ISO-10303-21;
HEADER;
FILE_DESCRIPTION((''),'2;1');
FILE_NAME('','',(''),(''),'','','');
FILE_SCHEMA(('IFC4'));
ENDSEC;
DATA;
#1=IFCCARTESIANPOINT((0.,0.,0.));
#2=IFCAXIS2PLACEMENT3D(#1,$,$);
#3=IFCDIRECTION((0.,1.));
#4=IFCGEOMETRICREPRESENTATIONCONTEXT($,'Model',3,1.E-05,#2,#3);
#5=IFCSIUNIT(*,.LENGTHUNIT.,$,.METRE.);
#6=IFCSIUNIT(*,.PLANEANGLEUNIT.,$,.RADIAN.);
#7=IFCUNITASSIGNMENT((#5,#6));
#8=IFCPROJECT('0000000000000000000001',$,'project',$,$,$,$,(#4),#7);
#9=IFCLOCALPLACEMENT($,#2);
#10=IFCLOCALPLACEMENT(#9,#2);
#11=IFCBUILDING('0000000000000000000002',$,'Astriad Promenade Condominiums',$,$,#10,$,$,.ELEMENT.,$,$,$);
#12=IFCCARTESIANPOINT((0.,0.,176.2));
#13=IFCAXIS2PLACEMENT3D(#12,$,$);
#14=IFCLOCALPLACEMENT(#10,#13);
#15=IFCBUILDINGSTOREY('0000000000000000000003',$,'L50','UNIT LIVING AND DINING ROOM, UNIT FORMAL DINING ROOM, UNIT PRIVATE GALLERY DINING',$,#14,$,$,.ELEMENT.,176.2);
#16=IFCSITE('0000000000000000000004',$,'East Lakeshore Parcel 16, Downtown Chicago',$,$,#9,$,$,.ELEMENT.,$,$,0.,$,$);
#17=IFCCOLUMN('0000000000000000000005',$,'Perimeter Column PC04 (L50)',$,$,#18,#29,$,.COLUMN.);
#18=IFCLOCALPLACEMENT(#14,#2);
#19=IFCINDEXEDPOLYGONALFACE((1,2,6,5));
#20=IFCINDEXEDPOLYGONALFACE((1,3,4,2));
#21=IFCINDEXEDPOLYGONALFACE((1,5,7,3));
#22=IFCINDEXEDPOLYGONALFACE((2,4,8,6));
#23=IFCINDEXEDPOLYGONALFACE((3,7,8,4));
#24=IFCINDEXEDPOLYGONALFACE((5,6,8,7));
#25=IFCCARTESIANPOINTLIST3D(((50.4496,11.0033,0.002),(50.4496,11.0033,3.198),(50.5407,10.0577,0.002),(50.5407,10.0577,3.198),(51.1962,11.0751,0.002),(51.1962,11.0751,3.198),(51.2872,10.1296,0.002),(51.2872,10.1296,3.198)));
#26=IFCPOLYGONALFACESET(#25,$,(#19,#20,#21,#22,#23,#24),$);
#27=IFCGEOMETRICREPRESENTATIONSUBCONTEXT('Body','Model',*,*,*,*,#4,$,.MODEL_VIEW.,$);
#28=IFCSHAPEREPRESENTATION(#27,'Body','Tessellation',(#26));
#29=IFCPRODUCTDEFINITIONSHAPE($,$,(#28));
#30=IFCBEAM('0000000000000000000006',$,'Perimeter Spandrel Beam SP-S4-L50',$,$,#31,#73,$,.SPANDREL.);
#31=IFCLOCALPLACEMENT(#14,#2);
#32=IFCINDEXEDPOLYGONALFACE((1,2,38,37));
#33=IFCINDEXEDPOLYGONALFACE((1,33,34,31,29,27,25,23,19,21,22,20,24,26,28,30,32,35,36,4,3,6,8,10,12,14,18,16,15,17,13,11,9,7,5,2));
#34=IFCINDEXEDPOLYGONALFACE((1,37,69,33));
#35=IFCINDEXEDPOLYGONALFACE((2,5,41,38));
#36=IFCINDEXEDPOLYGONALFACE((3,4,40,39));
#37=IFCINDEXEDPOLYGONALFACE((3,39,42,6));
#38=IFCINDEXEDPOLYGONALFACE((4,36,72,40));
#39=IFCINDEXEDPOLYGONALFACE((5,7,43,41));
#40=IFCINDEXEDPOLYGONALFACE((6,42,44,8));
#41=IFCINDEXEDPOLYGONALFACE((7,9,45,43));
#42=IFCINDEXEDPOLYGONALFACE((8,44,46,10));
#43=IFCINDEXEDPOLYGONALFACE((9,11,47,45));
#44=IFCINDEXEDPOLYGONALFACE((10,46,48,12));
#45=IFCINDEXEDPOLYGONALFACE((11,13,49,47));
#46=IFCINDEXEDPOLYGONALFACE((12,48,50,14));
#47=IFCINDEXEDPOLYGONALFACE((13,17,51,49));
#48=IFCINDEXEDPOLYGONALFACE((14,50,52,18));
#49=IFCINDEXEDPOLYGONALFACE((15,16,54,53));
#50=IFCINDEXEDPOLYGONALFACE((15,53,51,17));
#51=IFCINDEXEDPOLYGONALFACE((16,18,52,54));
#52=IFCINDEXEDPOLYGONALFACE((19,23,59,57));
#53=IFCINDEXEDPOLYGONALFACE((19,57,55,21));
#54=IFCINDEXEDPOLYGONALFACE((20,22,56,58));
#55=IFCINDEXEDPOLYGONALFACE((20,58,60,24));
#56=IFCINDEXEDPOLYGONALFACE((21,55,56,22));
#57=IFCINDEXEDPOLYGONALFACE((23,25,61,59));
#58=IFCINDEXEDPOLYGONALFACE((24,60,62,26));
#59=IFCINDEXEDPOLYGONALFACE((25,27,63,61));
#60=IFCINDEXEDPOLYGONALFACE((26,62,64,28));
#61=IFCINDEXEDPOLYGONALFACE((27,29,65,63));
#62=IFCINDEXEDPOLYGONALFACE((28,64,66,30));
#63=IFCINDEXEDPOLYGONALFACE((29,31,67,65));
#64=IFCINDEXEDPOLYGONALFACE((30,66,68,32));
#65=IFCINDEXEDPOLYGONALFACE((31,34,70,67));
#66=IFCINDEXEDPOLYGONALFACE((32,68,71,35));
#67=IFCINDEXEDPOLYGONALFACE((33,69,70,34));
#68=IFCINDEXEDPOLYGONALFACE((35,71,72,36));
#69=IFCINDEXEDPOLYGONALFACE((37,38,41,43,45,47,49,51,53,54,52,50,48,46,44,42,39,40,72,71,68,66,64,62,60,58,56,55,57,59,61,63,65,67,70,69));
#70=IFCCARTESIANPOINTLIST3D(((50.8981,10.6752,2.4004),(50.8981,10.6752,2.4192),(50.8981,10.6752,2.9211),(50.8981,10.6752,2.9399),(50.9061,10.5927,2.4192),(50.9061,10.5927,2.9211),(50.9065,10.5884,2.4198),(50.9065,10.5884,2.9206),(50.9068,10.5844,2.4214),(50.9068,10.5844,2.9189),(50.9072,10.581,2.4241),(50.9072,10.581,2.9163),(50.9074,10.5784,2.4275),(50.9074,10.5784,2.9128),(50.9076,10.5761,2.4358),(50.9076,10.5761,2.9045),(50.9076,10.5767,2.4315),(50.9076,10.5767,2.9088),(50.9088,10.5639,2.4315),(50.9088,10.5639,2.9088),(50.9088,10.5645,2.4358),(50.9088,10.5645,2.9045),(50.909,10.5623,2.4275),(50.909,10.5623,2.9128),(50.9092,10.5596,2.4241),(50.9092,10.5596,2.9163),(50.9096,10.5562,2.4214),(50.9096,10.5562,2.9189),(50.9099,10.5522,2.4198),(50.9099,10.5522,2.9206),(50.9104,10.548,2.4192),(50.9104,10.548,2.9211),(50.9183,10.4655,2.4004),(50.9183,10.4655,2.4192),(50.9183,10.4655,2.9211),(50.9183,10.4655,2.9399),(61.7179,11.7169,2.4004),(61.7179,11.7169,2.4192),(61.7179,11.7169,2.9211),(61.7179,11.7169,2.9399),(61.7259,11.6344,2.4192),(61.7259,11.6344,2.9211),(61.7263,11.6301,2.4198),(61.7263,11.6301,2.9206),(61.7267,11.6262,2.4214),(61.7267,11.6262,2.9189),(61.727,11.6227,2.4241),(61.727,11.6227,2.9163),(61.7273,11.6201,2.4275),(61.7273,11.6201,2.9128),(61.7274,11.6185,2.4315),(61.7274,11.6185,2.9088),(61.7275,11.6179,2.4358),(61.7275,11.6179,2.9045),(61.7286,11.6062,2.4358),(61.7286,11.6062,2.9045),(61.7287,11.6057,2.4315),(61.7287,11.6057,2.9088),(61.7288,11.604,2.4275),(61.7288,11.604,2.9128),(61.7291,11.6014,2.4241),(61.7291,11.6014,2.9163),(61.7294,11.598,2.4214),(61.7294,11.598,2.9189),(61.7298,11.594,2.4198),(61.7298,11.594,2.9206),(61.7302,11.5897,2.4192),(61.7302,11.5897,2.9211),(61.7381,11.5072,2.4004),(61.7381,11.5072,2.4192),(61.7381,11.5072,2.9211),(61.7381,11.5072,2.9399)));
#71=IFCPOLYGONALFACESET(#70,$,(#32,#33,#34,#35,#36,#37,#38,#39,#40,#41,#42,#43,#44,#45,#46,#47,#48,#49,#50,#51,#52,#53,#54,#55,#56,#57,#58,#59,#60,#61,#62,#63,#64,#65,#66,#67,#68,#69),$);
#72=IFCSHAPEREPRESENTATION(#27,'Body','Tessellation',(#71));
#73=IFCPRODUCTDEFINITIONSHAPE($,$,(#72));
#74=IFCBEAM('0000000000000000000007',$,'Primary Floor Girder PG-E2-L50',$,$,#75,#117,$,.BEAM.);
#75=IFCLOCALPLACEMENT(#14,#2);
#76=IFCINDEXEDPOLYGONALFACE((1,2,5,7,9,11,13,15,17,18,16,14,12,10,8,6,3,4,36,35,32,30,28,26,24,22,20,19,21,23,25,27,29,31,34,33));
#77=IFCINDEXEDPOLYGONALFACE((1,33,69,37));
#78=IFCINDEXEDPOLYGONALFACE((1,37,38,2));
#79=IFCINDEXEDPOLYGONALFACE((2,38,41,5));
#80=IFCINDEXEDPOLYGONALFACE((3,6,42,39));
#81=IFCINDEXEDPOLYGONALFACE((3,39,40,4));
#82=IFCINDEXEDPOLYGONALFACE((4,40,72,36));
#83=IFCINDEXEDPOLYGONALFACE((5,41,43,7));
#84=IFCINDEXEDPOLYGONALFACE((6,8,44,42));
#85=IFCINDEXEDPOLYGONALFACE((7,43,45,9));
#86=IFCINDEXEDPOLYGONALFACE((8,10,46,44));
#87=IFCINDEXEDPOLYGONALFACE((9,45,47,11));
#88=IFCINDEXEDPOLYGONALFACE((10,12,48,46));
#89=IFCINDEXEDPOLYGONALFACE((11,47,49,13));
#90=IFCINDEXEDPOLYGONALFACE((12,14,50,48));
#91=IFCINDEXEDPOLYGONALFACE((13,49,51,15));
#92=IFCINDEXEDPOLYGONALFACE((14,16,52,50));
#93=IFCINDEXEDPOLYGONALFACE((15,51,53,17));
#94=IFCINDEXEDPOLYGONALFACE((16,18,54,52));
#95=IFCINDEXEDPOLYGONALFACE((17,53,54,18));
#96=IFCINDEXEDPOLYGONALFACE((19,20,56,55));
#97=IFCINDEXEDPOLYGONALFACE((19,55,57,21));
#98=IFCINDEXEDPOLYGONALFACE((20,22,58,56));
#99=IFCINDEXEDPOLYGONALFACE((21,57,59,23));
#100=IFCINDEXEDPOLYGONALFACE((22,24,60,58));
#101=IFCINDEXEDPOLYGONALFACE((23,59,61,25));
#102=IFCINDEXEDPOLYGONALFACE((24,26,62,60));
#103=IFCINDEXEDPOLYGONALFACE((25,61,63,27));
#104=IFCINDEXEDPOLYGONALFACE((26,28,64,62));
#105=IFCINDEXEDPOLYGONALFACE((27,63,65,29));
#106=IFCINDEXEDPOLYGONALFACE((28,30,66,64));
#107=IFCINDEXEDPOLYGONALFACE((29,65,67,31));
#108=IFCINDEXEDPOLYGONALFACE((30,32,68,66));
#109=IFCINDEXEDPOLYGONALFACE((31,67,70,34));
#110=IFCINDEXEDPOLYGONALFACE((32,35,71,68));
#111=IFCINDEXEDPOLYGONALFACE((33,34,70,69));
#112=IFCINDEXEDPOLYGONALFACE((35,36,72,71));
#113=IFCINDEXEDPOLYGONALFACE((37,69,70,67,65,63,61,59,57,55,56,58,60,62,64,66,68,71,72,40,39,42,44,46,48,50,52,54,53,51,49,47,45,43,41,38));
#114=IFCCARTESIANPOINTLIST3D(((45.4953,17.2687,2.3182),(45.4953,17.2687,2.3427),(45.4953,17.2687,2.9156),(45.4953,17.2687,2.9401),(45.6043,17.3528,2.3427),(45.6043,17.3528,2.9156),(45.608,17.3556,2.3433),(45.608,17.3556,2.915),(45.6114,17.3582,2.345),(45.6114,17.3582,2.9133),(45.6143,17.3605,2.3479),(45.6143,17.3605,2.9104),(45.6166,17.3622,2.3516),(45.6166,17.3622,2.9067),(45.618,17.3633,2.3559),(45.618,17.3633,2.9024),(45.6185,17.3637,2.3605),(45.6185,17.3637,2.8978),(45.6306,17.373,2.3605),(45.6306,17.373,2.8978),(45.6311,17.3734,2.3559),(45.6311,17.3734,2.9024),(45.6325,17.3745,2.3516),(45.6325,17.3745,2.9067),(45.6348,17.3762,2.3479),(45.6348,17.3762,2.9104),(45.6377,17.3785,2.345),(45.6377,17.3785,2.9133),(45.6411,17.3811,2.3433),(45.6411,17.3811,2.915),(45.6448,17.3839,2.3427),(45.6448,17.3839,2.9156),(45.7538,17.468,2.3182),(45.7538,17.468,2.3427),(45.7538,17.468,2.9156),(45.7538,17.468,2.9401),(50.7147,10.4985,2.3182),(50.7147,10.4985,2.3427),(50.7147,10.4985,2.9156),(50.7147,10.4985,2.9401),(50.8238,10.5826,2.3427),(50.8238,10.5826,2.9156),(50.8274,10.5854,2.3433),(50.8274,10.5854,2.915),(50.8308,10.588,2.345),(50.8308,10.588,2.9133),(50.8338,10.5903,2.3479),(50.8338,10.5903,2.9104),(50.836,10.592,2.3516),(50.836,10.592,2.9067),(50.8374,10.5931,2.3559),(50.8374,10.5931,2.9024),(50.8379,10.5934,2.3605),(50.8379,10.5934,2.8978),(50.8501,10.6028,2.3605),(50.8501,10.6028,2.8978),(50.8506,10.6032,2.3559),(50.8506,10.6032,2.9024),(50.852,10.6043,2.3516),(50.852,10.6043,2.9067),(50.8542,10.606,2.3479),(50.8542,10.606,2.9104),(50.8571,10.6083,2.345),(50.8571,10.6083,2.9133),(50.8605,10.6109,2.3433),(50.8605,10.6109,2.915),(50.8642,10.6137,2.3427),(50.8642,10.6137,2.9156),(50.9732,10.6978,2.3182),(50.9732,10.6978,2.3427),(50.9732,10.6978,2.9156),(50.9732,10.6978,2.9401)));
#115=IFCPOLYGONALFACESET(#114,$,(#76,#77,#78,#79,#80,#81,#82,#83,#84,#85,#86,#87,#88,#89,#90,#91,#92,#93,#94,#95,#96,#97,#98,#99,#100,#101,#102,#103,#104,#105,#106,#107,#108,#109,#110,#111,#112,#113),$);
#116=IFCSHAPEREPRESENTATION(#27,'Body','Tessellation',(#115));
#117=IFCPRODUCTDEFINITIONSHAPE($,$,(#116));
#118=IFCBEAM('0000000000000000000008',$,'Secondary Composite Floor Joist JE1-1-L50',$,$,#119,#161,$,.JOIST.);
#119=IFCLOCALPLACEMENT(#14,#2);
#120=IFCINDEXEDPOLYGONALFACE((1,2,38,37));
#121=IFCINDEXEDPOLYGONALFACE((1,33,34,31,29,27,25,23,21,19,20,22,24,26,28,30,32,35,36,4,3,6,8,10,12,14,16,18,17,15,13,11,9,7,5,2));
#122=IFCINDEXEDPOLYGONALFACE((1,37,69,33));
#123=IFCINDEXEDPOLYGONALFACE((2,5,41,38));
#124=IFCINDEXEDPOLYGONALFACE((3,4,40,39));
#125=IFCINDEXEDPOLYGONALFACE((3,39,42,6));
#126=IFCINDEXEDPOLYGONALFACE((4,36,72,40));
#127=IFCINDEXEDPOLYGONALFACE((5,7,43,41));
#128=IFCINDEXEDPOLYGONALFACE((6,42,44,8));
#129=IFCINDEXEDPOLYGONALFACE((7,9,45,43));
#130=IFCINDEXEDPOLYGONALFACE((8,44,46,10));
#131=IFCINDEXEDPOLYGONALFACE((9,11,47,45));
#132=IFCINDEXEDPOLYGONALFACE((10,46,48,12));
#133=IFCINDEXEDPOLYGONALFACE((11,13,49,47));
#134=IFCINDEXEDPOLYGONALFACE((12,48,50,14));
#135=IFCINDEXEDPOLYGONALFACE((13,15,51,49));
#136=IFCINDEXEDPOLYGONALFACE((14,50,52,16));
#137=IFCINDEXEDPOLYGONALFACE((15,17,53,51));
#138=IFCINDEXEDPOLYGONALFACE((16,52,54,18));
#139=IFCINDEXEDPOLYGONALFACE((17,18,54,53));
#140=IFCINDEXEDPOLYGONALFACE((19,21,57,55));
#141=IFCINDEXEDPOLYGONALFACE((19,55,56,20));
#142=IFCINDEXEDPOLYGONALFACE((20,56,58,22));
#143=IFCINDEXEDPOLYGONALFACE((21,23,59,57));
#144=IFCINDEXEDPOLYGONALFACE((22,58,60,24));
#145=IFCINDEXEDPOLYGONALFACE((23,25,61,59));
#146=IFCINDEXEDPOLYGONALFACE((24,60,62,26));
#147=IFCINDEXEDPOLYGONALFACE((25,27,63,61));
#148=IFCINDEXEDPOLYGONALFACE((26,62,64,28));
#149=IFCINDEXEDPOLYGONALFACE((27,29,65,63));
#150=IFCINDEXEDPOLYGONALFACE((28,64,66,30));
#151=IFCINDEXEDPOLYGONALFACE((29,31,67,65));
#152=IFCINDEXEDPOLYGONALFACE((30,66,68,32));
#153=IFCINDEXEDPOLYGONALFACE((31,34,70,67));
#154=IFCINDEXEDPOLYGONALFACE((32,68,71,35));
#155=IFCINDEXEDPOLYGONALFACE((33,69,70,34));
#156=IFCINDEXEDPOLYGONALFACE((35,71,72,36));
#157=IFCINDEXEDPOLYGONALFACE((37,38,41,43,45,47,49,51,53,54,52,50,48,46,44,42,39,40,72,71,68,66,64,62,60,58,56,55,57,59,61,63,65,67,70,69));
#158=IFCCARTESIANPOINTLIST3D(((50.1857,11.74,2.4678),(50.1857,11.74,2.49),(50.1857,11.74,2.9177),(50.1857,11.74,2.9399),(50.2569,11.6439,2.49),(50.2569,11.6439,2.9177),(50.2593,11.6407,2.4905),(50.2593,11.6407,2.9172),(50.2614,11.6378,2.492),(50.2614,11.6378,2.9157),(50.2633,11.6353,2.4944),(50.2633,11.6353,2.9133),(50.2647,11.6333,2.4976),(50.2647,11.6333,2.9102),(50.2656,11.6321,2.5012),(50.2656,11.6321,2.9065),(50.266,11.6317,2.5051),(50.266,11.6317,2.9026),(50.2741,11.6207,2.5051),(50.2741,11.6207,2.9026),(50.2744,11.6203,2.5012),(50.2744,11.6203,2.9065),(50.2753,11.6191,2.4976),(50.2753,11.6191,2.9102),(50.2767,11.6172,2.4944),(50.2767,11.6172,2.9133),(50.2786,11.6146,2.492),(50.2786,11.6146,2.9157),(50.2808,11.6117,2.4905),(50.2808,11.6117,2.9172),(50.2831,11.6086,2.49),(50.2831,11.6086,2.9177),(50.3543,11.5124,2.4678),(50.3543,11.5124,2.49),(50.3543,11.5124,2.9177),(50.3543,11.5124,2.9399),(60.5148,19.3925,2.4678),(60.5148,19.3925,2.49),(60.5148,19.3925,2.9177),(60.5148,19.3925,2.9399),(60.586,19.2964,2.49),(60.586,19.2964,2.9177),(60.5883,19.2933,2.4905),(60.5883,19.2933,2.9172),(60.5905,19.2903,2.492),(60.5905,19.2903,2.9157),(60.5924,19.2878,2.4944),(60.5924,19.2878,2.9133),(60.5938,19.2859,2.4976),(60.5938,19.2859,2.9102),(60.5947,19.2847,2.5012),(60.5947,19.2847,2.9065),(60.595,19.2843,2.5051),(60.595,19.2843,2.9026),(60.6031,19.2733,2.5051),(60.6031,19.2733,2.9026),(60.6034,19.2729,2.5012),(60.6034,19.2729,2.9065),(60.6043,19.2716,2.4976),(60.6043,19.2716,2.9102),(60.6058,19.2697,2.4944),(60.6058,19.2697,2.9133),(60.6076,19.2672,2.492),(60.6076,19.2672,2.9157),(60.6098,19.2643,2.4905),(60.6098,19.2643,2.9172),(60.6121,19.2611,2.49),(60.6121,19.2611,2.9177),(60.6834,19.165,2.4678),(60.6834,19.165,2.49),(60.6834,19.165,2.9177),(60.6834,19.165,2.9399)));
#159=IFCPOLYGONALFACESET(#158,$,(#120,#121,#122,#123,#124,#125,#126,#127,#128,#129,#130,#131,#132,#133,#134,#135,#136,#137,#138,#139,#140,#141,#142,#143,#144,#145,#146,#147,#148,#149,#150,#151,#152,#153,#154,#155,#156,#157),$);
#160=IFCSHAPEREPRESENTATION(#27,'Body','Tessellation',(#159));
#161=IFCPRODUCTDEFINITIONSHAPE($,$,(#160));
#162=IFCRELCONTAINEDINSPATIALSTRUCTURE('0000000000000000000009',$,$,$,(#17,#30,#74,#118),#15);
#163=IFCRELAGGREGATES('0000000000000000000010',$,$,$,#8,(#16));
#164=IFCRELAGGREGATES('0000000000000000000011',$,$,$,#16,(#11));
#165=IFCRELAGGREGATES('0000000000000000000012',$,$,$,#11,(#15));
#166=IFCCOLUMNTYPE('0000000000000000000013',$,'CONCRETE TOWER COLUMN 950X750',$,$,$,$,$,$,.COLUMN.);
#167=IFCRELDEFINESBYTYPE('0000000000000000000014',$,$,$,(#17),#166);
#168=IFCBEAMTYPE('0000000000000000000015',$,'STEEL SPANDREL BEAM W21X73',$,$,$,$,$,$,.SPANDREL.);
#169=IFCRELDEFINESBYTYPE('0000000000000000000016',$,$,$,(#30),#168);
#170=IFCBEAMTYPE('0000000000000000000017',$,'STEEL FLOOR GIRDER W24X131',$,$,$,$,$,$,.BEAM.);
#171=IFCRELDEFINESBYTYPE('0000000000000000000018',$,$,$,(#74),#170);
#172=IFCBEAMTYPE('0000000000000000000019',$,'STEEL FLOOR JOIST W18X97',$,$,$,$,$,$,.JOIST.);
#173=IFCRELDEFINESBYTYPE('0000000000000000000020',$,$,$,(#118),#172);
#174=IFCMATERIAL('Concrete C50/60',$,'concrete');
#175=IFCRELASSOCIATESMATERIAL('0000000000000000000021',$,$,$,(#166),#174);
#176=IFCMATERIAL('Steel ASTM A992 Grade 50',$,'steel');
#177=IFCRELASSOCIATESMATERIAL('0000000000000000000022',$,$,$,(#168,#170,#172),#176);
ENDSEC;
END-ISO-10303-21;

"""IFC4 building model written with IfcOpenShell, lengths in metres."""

from ifc_helpers import new_model, si_unit, direction, frame, origin, origin_2d, place, context, subcontext, project, spatial, rectangle, i_section, extrude, source, transform, mapped, material, material_profile, profile_set, type_object, type_shapes, element, save


model = new_model("IFC4")

# Units and contexts
model_context = context("Model", 3, precision=1e-05, world=origin(), true_north=direction((0.0, 1.0)))
body_context = subcontext(model_context, "Body", "Model", "MODEL_VIEW")
ifc_project = project(units=[si_unit("LENGTHUNIT", "METRE"), si_unit("PLANEANGLEUNIT", "RADIAN")], contexts=[model_context])

# Site, building, storey
site_placement = place(None, origin())
site = spatial("IfcSite", under=ifc_project, at=site_placement, Name="East Lakeshore Parcel 16, Downtown Chicago", CompositionType="ELEMENT", RefElevation=0.0)
building_placement = place(site_placement, origin())
building = spatial("IfcBuilding", under=site, at=building_placement, Name="Astriad Promenade Condominiums", CompositionType="ELEMENT")
storey_placement = place(building_placement, frame((0.0, 0.0, 176.2)))
storey = spatial("IfcBuildingStorey", under=building, at=storey_placement, Name="L50", Description="UNIT LIVING AND DINING ROOM, UNIT FORMAL DINING ROOM, UNIT PRIVATE GALLERY DINING", CompositionType="ELEMENT", Elevation=176.2)

# Column
ifc_material_1 = material(Name="Concrete C50/60", Category="concrete")
ifc_material_profile_1 = material_profile(ifc_material_1, rectangle(XDim=0.75, YDim=0.95, at=origin_2d()), Name="RC-COL-950X750")
ifc_profile_set_1 = profile_set([ifc_material_profile_1], Name="Concrete C50/60")
column_type = type_object("IfcColumnType", Name="CONCRETE TOWER COLUMN 950X750", PredefinedType="COLUMN", material=ifc_profile_set_1)
shared_shape_1 = source(origin(), body_context, "Body", "SweptSolid", [
    extrude(rectangle(XDim=0.75, YDim=0.95, at=origin_2d()), origin(), (0.0, 0.0, 1.0), 3.196),
])
type_shapes(column_type, [shared_shape_1])
column_placement = place(storey_placement, frame((50.8684, 10.5664, 0.002), z_axis=(0.0, 0.0, 1.0), x_axis=(0.995396, 0.095846, 0.0)))
element("IfcColumn", 1, at=column_placement, inside=storey, type_object=column_type, Name="Perimeter Column PC04 (L50)", PredefinedType="COLUMN", context=body_context, shape_type="MappedRepresentation", body=[
    mapped(shared_shape_1, transform((0.0, 0.0, 0.0), scale=1.0)),
])

# Beams
ifc_material_2 = material(Name="Steel ASTM A992 Grade 50", Category="steel")
ifc_material_profile_2 = material_profile(ifc_material_2, i_section(OverallWidth=0.2107, OverallDepth=0.5396, WebThickness=0.0117, FlangeThickness=0.0188, FilletRadius=0.0166, at=origin_2d()), Name="W21X73")
ifc_profile_set_2 = profile_set([ifc_material_profile_2], Name="Steel ASTM A992 Grade 50")
beam_type_1 = type_object("IfcBeamType", Name="STEEL SPANDREL BEAM W21X73", PredefinedType="SPANDREL", material=ifc_profile_set_2)
shared_shape_2 = source(origin(), body_context, "Body", "SweptSolid", [
    extrude(i_section(OverallWidth=0.2107, OverallDepth=0.5396, WebThickness=0.0117, FlangeThickness=0.0188, FilletRadius=0.0166, at=origin_2d()), origin(), (0.0, 0.0, 1.0), 10.8699),
])
type_shapes(beam_type_1, [shared_shape_2])
beam_1_placement = place(storey_placement, frame((50.9082, 10.5703, 2.6702), z_axis=(0.995397, 0.095838, 0.0), x_axis=(-0.095838, 0.995397, 0.0)))
element("IfcBeam", 2, at=beam_1_placement, inside=storey, type_object=beam_type_1, Name="Perimeter Spandrel Beam SP-S4-L50", PredefinedType="SPANDREL", context=body_context, shape_type="MappedRepresentation", body=[
    mapped(shared_shape_2, transform((0.0, 0.0, 0.0), scale=1.0)),
])
ifc_material_profile_3 = material_profile(ifc_material_2, i_section(OverallWidth=0.3264, OverallDepth=0.6218, WebThickness=0.0154, FlangeThickness=0.0244, FilletRadius=0.0178, at=origin_2d()), Name="W24X131")
ifc_profile_set_3 = profile_set([ifc_material_profile_3], Name="Steel ASTM A992 Grade 50")
beam_type_2 = type_object("IfcBeamType", Name="STEEL FLOOR GIRDER W24X131", PredefinedType="BEAM", material=ifc_profile_set_3)
shared_shape_3 = source(origin(), body_context, "Body", "SweptSolid", [
    extrude(i_section(OverallWidth=0.3264, OverallDepth=0.6218, WebThickness=0.0154, FlangeThickness=0.0244, FilletRadius=0.0178, at=origin_2d()), origin(), (0.0, 0.0, 1.0), 8.5486),
])
type_shapes(beam_type_2, [shared_shape_3])
beam_2_placement = place(storey_placement, frame((50.844, 10.5981, 2.6292), z_axis=(-0.610562, 0.791968, 0.0), x_axis=(-0.791968, -0.610562, 0.0)))
element("IfcBeam", 3, at=beam_2_placement, inside=storey, type_object=beam_type_2, Name="Primary Floor Girder PG-E2-L50", PredefinedType="BEAM", context=body_context, shape_type="MappedRepresentation", body=[
    mapped(shared_shape_3, transform((0.0, 0.0, 0.0), scale=1.0)),
])
ifc_material_profile_4 = material_profile(ifc_material_2, i_section(OverallWidth=0.2832, OverallDepth=0.4722, WebThickness=0.0137, FlangeThickness=0.0222, FilletRadius=0.0151, at=origin_2d()), Name="W18X97")
ifc_profile_set_4 = profile_set([ifc_material_profile_4], Name="Steel ASTM A992 Grade 50")
beam_type_3 = type_object("IfcBeamType", Name="STEEL FLOOR JOIST W18X97", PredefinedType="JOIST", material=ifc_profile_set_4)
shared_shape_4 = source(origin(), body_context, "Body", "SweptSolid", [
    extrude(i_section(OverallWidth=0.2832, OverallDepth=0.4722, WebThickness=0.0137, FlangeThickness=0.0222, FilletRadius=0.0151, at=origin_2d()), origin(), (0.0, 0.0, 1.0), 12.855),
])
beam_3_placement = place(storey_placement, frame((50.27, 11.6262, 2.7039), z_axis=(0.803505, 0.595298, 0.0), x_axis=(-0.595298, 0.803505, 0.0)))
element("IfcBeam", 4, at=beam_3_placement, inside=storey, type_object=beam_type_3, Name="Secondary Composite Floor Joist JE1-1-L50", PredefinedType="JOIST", context=body_context, shape_type="MappedRepresentation", body=[
    mapped(shared_shape_4, transform((0.0, 0.0, 0.0), scale=1.0)),
])

save(model, "model.ifc")
